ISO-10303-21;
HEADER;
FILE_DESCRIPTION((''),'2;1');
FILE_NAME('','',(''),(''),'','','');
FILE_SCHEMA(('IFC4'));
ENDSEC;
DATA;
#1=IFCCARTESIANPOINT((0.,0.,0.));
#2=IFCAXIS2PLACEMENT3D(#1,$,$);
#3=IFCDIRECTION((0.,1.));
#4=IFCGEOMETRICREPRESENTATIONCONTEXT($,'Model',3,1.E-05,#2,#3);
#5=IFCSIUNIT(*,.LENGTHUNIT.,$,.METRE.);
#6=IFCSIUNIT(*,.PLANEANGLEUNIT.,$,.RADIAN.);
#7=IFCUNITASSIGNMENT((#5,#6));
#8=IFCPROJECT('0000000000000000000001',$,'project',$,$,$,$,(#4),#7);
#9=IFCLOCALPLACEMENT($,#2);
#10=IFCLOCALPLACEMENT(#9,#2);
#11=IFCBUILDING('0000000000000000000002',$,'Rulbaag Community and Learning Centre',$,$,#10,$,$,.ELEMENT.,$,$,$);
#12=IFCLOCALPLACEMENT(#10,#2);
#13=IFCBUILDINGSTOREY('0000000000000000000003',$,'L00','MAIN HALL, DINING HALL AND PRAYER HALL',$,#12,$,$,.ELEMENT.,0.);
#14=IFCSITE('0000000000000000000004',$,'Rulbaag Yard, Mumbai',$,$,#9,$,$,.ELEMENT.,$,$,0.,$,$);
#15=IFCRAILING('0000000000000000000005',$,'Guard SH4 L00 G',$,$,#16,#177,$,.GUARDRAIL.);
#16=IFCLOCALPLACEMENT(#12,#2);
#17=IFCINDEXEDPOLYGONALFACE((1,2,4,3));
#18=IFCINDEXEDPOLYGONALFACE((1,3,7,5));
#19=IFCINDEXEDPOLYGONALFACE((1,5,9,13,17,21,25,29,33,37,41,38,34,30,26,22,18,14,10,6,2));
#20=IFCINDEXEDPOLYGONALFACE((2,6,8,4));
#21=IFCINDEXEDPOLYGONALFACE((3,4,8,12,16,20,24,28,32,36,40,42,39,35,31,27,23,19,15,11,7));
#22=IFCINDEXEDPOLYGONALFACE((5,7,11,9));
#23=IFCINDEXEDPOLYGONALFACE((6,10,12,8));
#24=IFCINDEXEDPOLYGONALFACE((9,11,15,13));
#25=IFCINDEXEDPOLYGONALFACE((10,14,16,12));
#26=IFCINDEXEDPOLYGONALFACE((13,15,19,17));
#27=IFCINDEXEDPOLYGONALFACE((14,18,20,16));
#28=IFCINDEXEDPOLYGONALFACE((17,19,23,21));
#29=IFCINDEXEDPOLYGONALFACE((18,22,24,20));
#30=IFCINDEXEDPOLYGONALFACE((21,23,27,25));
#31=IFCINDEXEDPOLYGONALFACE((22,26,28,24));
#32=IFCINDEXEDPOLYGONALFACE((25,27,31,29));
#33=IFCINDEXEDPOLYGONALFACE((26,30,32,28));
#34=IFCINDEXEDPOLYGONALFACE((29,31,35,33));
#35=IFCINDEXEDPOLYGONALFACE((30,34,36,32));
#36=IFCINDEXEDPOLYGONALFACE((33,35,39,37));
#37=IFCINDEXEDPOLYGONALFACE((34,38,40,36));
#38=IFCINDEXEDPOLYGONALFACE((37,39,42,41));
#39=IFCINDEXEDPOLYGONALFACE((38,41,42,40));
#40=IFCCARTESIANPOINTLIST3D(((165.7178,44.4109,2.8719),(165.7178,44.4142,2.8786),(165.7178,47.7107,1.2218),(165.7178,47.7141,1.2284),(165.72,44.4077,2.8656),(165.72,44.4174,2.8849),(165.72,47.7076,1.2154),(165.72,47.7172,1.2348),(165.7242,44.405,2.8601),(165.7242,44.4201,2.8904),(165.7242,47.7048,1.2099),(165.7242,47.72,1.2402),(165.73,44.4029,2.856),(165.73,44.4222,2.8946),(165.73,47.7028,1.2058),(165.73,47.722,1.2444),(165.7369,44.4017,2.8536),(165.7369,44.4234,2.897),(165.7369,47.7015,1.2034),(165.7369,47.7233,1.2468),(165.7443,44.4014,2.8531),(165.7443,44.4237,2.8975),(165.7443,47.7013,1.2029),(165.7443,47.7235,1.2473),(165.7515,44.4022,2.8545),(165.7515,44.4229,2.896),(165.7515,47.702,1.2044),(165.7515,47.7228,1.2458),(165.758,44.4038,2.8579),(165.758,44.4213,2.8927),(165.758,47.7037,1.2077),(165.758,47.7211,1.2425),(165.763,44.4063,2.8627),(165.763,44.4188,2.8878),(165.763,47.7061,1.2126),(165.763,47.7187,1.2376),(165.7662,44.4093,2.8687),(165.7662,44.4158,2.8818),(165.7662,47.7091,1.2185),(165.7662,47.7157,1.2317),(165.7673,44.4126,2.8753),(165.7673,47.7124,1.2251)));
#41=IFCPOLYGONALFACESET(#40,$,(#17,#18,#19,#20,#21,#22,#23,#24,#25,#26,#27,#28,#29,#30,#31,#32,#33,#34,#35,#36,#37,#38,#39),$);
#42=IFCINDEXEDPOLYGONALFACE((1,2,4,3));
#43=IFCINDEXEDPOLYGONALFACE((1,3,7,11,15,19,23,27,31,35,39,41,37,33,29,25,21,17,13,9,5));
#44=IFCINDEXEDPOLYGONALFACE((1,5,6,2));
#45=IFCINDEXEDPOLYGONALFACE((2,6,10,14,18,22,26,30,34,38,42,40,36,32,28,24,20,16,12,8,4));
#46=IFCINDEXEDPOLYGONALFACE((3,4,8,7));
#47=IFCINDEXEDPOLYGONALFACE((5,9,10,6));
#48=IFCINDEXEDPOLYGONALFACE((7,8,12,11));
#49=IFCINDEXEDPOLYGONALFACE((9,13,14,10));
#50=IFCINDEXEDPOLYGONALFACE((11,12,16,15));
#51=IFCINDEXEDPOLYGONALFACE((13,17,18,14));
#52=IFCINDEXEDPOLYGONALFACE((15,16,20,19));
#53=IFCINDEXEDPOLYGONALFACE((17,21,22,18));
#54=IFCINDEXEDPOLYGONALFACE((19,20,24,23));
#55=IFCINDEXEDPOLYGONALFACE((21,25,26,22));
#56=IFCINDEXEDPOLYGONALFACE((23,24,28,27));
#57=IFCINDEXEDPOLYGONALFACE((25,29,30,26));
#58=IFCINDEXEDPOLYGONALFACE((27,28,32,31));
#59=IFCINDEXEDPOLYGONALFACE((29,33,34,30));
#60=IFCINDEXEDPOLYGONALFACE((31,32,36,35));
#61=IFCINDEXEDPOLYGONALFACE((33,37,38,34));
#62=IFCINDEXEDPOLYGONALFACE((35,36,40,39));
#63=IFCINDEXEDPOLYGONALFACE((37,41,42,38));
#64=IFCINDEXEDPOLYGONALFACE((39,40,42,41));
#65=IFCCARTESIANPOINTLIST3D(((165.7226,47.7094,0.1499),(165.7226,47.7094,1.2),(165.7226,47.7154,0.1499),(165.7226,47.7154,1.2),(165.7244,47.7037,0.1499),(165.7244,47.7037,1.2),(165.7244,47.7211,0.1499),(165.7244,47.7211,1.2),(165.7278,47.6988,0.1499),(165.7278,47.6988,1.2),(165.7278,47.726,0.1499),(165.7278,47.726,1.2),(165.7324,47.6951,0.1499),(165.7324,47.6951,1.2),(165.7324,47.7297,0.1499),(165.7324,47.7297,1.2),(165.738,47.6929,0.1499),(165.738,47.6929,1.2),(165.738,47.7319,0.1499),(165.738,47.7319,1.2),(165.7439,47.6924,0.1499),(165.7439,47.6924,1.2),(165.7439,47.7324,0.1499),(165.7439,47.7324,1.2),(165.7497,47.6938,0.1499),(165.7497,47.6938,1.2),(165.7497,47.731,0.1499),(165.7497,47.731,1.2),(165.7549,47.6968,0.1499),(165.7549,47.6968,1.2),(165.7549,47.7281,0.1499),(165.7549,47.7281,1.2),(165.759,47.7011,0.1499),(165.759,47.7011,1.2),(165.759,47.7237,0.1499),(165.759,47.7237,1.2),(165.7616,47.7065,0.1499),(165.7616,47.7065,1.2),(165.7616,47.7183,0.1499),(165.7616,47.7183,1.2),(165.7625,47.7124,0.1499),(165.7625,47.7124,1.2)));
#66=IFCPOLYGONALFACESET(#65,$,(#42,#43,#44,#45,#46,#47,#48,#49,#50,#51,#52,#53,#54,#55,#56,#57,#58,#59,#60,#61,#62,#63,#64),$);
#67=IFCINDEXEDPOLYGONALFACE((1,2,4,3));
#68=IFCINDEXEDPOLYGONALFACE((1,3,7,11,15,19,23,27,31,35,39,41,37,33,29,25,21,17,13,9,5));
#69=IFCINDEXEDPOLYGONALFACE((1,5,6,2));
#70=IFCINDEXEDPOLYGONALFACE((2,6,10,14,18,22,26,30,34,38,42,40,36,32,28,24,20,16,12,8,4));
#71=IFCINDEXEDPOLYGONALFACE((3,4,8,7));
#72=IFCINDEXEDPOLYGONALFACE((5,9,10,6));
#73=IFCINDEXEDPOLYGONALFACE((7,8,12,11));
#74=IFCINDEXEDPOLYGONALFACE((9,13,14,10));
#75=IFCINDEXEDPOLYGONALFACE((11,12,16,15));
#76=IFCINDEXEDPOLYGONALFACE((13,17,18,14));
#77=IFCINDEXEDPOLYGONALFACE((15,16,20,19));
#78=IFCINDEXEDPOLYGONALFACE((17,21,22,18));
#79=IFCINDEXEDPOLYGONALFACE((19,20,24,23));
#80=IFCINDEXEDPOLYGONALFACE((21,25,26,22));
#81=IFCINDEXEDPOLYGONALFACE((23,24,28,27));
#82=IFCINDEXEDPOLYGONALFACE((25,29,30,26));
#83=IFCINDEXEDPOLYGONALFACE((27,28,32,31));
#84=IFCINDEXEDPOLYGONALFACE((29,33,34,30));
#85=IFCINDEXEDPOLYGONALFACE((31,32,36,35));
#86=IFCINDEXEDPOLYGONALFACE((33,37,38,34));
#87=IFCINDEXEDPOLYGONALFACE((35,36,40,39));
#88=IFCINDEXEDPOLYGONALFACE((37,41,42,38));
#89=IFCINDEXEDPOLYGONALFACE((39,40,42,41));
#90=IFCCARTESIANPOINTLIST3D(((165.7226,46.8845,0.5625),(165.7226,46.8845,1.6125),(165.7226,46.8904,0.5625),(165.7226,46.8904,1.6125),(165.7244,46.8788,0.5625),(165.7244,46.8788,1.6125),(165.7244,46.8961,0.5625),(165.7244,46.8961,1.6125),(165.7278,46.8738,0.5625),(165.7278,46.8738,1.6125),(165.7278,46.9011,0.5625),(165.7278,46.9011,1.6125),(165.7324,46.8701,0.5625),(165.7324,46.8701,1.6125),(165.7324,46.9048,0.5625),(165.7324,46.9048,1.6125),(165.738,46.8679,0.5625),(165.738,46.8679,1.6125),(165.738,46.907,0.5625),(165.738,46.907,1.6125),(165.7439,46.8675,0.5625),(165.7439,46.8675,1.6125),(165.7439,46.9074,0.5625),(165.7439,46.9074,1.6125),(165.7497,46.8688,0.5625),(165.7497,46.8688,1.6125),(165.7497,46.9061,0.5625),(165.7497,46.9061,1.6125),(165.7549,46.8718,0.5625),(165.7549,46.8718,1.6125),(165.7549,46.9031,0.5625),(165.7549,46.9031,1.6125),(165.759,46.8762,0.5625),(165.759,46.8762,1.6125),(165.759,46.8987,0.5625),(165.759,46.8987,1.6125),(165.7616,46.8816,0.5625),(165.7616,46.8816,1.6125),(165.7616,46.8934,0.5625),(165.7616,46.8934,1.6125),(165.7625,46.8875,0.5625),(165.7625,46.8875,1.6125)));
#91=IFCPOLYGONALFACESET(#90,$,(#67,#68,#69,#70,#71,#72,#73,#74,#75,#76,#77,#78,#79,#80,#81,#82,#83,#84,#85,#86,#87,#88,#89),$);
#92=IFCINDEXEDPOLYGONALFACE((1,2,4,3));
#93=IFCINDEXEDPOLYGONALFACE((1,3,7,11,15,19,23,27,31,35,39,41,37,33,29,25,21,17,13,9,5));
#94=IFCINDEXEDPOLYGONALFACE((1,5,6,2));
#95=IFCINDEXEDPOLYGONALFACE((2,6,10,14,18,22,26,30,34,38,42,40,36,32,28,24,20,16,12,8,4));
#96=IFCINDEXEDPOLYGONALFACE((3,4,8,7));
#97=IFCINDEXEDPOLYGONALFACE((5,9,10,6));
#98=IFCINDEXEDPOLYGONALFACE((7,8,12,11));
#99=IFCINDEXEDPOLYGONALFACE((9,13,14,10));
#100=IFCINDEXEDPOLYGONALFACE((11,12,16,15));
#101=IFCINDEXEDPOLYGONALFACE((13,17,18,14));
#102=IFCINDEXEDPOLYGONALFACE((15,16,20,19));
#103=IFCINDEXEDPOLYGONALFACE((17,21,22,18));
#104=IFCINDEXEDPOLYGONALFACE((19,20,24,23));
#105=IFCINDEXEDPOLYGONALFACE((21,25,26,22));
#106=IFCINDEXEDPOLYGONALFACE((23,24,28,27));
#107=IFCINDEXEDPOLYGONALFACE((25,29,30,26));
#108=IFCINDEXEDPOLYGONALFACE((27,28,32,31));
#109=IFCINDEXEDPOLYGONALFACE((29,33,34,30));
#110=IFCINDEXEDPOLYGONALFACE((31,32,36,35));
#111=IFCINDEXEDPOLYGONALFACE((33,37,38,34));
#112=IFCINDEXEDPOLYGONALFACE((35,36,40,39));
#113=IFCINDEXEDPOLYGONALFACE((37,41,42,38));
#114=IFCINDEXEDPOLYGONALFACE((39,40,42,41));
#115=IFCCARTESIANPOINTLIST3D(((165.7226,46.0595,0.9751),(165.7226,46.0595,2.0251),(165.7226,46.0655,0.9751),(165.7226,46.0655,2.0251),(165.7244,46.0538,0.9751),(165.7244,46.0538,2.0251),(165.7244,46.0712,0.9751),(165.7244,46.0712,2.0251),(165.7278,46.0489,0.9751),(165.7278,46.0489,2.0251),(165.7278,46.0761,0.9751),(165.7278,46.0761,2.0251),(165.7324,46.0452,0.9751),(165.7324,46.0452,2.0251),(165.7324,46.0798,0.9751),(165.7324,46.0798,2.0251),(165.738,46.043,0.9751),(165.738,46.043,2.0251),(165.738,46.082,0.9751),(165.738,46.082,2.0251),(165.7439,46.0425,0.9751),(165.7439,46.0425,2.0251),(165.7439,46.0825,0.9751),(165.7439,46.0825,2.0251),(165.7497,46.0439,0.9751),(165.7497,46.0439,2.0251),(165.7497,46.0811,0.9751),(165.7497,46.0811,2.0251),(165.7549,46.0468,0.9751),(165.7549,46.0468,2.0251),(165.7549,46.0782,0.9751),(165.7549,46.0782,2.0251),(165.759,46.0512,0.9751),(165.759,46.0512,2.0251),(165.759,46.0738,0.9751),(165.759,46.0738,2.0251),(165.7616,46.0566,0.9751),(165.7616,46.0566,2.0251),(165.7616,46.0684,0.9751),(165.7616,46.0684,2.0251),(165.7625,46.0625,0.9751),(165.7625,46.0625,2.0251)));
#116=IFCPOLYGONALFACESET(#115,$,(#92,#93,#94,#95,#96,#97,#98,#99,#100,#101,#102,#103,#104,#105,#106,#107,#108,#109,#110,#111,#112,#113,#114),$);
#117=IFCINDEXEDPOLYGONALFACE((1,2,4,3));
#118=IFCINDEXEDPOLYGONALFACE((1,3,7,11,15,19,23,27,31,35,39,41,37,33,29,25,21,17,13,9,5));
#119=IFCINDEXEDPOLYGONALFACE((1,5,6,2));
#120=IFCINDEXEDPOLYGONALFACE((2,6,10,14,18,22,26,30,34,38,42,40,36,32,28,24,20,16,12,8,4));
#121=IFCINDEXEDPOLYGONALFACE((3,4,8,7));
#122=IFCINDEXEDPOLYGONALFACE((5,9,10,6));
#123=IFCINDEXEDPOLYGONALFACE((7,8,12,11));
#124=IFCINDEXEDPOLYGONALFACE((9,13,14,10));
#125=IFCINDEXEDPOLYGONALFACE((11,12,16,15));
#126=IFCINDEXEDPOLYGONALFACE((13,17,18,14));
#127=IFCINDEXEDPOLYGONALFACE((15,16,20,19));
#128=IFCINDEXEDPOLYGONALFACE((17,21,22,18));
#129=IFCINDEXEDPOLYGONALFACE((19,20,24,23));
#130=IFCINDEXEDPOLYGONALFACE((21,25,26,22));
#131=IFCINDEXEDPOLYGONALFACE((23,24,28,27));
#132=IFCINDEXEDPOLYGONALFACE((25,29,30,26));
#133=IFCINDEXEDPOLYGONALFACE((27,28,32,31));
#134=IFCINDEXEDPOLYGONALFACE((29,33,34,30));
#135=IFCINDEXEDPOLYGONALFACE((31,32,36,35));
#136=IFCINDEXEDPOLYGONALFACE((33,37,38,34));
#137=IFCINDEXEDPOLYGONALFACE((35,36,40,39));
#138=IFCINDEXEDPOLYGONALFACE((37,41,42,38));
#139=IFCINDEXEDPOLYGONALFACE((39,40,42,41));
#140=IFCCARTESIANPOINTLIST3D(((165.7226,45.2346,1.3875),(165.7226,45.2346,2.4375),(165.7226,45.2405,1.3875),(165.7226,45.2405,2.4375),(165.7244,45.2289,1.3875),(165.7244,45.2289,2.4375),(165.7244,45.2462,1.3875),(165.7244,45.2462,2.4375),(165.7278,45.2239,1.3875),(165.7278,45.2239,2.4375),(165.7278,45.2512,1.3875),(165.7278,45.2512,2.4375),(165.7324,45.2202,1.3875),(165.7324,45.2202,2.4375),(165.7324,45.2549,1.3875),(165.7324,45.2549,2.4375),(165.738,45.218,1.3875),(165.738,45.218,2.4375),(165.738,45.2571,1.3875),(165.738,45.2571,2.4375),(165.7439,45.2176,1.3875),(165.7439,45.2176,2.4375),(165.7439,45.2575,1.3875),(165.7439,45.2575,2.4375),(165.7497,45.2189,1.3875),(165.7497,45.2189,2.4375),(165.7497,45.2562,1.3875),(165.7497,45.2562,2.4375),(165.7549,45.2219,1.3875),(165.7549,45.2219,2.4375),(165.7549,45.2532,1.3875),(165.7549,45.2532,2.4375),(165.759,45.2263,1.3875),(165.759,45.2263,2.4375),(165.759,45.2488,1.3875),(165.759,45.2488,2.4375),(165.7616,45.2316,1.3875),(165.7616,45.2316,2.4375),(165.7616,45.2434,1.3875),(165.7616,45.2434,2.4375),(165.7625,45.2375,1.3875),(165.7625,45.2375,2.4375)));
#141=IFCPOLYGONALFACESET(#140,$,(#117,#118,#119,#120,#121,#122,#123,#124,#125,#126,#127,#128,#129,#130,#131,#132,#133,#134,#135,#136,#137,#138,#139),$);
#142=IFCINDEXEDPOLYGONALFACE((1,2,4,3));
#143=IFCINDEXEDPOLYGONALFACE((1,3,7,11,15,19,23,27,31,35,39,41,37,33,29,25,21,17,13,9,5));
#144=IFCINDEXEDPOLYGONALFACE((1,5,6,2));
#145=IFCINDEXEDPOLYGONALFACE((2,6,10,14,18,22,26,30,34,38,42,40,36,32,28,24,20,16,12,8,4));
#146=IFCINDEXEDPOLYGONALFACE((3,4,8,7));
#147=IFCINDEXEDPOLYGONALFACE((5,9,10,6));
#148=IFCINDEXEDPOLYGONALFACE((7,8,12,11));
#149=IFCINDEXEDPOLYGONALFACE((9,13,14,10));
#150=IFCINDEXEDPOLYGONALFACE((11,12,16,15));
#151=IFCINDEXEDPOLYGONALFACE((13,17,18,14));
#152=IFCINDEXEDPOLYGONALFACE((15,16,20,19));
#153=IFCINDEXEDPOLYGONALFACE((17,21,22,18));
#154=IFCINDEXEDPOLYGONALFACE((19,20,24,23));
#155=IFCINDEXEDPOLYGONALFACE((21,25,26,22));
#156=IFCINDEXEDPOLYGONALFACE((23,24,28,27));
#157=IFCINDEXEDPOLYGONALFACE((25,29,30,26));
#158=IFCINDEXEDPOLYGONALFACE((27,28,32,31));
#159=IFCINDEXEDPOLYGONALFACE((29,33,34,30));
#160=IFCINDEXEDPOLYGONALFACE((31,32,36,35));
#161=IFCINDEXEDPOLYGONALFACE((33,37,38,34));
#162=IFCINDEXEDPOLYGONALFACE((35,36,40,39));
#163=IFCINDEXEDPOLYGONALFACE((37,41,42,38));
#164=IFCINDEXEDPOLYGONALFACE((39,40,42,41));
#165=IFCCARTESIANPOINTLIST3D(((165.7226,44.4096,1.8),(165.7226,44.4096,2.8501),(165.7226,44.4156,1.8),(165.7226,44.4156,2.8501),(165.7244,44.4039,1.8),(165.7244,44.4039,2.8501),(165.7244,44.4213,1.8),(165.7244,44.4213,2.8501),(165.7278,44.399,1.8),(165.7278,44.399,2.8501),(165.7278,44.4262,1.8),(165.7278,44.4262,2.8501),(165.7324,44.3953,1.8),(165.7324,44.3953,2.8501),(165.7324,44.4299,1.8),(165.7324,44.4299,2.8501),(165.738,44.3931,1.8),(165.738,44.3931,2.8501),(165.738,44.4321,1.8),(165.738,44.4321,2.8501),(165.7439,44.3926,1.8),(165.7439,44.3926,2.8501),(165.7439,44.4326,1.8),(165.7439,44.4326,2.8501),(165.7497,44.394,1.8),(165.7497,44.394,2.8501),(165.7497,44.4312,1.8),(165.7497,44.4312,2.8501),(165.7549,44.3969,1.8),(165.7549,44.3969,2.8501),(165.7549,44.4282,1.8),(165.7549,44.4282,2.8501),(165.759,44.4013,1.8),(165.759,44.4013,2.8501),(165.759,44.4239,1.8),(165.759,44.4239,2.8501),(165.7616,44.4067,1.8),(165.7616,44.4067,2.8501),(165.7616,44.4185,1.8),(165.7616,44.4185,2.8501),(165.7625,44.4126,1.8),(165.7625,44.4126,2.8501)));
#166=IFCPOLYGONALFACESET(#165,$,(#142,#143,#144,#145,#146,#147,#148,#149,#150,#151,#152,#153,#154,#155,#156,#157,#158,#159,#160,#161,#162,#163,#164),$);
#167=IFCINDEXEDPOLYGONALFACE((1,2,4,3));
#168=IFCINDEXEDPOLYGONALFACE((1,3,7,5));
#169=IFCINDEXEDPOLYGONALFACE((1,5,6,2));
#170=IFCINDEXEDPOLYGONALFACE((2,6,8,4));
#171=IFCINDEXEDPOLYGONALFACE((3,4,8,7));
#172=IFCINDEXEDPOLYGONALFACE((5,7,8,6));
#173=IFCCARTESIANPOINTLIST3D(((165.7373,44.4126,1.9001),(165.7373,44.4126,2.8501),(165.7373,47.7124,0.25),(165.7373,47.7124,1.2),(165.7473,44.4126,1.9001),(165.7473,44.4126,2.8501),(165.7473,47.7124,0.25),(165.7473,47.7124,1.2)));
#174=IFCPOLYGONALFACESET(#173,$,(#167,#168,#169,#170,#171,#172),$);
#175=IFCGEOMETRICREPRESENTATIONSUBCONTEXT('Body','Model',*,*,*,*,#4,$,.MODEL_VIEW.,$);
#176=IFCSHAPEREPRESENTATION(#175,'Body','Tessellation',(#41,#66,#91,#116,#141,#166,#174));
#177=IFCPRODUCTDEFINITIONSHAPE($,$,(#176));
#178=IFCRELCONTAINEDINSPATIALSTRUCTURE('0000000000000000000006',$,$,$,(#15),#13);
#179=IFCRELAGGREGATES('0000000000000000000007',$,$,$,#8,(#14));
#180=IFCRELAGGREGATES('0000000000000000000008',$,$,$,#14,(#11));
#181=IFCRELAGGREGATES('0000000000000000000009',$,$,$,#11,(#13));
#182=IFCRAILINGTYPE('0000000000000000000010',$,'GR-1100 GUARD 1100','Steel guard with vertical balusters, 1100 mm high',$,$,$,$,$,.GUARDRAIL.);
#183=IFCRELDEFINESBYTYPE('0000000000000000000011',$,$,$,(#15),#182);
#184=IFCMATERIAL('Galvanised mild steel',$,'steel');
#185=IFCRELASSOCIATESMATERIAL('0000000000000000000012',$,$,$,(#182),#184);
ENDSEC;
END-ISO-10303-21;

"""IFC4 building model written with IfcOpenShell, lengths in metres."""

from ifc_helpers import new_model, si_unit, direction, frame, origin, origin_2d, place, context, subcontext, project, spatial, polyline, circle, outline, extrude, material, type_object, element, save


model = new_model("IFC4")

# Units and contexts
model_context = context("Model", 3, precision=1e-05, world=origin(), true_north=direction((0.0, 1.0)))
body_context = subcontext(model_context, "Body", "Model", "MODEL_VIEW")
ifc_project = project(units=[si_unit("LENGTHUNIT", "METRE"), si_unit("PLANEANGLEUNIT", "RADIAN")], contexts=[model_context])

# Site, building, storey
site_placement = place(None, origin())
site = spatial("IfcSite", under=ifc_project, at=site_placement, Name="Rulbaag Yard, Mumbai", CompositionType="ELEMENT", RefElevation=0.0)
building_placement = place(site_placement, origin())
building = spatial("IfcBuilding", under=site, at=building_placement, Name="Rulbaag Community and Learning Centre", CompositionType="ELEMENT")
storey_placement = place(building_placement, origin())
storey = spatial("IfcBuildingStorey", under=building, at=storey_placement, Name="L00", Description="MAIN HALL, DINING HALL AND PRAYER HALL", CompositionType="ELEMENT", Elevation=0.0)

# Railing
ifc_material_1 = material(Name="Galvanised mild steel", Category="steel")
railing_type_1 = type_object("IfcRailingType", Name="GR-1100 GUARD 1100", Description="Steel guard with vertical balusters, 1100 mm high", PredefinedType="GUARDRAIL", material=ifc_material_1)
railing_1_placement = place(storey_placement, frame((165.7424, 47.7124, 0.1499)))
element("IfcRailing", 1, at=railing_1_placement, inside=storey, type_object=railing_type_1, Name="Guard SH4 L00 G", PredefinedType="GUARDRAIL", context=body_context, shape_type="SweptSolid", body=[
    extrude(circle(Radius=0.0249, at=origin_2d()), frame((0.0, 0.0, 1.0752), z_axis=(0.0, -0.894401, 0.447267), x_axis=(1.0, 0.0, 0.0)), (0.0, 0.0, 1.0), 3.6895),
    extrude(circle(Radius=0.02, at=origin_2d()), origin(), (0.0, 0.0, 1.0), 1.05),
    extrude(circle(Radius=0.02, at=origin_2d()), frame((0.0, -0.825, 0.4126)), (0.0, 0.0, 1.0), 1.05),
    extrude(circle(Radius=0.02, at=origin_2d()), frame((0.0, -1.6499, 0.8252)), (0.0, 0.0, 1.0), 1.05),
    extrude(circle(Radius=0.02, at=origin_2d()), frame((0.0, -2.4749, 1.2375)), (0.0, 0.0, 1.0), 1.05),
    extrude(circle(Radius=0.02, at=origin_2d()), frame((0.0, -3.2998, 1.6501)), (0.0, 0.0, 1.0), 1.05),
    extrude(outline(polyline([(0.0, 0.0), (3.2998, 1.6501), (3.2998, 2.6001), (0.0, 0.95), (0.0, 0.0)])), frame((0.0049, 0.0, 0.1001), z_axis=(-1.0, 0.0, 0.0), x_axis=(0.0, -1.0, 0.0)), (0.0, 0.0, 1.0), 0.01),
])

save(model, "model.ifc")
